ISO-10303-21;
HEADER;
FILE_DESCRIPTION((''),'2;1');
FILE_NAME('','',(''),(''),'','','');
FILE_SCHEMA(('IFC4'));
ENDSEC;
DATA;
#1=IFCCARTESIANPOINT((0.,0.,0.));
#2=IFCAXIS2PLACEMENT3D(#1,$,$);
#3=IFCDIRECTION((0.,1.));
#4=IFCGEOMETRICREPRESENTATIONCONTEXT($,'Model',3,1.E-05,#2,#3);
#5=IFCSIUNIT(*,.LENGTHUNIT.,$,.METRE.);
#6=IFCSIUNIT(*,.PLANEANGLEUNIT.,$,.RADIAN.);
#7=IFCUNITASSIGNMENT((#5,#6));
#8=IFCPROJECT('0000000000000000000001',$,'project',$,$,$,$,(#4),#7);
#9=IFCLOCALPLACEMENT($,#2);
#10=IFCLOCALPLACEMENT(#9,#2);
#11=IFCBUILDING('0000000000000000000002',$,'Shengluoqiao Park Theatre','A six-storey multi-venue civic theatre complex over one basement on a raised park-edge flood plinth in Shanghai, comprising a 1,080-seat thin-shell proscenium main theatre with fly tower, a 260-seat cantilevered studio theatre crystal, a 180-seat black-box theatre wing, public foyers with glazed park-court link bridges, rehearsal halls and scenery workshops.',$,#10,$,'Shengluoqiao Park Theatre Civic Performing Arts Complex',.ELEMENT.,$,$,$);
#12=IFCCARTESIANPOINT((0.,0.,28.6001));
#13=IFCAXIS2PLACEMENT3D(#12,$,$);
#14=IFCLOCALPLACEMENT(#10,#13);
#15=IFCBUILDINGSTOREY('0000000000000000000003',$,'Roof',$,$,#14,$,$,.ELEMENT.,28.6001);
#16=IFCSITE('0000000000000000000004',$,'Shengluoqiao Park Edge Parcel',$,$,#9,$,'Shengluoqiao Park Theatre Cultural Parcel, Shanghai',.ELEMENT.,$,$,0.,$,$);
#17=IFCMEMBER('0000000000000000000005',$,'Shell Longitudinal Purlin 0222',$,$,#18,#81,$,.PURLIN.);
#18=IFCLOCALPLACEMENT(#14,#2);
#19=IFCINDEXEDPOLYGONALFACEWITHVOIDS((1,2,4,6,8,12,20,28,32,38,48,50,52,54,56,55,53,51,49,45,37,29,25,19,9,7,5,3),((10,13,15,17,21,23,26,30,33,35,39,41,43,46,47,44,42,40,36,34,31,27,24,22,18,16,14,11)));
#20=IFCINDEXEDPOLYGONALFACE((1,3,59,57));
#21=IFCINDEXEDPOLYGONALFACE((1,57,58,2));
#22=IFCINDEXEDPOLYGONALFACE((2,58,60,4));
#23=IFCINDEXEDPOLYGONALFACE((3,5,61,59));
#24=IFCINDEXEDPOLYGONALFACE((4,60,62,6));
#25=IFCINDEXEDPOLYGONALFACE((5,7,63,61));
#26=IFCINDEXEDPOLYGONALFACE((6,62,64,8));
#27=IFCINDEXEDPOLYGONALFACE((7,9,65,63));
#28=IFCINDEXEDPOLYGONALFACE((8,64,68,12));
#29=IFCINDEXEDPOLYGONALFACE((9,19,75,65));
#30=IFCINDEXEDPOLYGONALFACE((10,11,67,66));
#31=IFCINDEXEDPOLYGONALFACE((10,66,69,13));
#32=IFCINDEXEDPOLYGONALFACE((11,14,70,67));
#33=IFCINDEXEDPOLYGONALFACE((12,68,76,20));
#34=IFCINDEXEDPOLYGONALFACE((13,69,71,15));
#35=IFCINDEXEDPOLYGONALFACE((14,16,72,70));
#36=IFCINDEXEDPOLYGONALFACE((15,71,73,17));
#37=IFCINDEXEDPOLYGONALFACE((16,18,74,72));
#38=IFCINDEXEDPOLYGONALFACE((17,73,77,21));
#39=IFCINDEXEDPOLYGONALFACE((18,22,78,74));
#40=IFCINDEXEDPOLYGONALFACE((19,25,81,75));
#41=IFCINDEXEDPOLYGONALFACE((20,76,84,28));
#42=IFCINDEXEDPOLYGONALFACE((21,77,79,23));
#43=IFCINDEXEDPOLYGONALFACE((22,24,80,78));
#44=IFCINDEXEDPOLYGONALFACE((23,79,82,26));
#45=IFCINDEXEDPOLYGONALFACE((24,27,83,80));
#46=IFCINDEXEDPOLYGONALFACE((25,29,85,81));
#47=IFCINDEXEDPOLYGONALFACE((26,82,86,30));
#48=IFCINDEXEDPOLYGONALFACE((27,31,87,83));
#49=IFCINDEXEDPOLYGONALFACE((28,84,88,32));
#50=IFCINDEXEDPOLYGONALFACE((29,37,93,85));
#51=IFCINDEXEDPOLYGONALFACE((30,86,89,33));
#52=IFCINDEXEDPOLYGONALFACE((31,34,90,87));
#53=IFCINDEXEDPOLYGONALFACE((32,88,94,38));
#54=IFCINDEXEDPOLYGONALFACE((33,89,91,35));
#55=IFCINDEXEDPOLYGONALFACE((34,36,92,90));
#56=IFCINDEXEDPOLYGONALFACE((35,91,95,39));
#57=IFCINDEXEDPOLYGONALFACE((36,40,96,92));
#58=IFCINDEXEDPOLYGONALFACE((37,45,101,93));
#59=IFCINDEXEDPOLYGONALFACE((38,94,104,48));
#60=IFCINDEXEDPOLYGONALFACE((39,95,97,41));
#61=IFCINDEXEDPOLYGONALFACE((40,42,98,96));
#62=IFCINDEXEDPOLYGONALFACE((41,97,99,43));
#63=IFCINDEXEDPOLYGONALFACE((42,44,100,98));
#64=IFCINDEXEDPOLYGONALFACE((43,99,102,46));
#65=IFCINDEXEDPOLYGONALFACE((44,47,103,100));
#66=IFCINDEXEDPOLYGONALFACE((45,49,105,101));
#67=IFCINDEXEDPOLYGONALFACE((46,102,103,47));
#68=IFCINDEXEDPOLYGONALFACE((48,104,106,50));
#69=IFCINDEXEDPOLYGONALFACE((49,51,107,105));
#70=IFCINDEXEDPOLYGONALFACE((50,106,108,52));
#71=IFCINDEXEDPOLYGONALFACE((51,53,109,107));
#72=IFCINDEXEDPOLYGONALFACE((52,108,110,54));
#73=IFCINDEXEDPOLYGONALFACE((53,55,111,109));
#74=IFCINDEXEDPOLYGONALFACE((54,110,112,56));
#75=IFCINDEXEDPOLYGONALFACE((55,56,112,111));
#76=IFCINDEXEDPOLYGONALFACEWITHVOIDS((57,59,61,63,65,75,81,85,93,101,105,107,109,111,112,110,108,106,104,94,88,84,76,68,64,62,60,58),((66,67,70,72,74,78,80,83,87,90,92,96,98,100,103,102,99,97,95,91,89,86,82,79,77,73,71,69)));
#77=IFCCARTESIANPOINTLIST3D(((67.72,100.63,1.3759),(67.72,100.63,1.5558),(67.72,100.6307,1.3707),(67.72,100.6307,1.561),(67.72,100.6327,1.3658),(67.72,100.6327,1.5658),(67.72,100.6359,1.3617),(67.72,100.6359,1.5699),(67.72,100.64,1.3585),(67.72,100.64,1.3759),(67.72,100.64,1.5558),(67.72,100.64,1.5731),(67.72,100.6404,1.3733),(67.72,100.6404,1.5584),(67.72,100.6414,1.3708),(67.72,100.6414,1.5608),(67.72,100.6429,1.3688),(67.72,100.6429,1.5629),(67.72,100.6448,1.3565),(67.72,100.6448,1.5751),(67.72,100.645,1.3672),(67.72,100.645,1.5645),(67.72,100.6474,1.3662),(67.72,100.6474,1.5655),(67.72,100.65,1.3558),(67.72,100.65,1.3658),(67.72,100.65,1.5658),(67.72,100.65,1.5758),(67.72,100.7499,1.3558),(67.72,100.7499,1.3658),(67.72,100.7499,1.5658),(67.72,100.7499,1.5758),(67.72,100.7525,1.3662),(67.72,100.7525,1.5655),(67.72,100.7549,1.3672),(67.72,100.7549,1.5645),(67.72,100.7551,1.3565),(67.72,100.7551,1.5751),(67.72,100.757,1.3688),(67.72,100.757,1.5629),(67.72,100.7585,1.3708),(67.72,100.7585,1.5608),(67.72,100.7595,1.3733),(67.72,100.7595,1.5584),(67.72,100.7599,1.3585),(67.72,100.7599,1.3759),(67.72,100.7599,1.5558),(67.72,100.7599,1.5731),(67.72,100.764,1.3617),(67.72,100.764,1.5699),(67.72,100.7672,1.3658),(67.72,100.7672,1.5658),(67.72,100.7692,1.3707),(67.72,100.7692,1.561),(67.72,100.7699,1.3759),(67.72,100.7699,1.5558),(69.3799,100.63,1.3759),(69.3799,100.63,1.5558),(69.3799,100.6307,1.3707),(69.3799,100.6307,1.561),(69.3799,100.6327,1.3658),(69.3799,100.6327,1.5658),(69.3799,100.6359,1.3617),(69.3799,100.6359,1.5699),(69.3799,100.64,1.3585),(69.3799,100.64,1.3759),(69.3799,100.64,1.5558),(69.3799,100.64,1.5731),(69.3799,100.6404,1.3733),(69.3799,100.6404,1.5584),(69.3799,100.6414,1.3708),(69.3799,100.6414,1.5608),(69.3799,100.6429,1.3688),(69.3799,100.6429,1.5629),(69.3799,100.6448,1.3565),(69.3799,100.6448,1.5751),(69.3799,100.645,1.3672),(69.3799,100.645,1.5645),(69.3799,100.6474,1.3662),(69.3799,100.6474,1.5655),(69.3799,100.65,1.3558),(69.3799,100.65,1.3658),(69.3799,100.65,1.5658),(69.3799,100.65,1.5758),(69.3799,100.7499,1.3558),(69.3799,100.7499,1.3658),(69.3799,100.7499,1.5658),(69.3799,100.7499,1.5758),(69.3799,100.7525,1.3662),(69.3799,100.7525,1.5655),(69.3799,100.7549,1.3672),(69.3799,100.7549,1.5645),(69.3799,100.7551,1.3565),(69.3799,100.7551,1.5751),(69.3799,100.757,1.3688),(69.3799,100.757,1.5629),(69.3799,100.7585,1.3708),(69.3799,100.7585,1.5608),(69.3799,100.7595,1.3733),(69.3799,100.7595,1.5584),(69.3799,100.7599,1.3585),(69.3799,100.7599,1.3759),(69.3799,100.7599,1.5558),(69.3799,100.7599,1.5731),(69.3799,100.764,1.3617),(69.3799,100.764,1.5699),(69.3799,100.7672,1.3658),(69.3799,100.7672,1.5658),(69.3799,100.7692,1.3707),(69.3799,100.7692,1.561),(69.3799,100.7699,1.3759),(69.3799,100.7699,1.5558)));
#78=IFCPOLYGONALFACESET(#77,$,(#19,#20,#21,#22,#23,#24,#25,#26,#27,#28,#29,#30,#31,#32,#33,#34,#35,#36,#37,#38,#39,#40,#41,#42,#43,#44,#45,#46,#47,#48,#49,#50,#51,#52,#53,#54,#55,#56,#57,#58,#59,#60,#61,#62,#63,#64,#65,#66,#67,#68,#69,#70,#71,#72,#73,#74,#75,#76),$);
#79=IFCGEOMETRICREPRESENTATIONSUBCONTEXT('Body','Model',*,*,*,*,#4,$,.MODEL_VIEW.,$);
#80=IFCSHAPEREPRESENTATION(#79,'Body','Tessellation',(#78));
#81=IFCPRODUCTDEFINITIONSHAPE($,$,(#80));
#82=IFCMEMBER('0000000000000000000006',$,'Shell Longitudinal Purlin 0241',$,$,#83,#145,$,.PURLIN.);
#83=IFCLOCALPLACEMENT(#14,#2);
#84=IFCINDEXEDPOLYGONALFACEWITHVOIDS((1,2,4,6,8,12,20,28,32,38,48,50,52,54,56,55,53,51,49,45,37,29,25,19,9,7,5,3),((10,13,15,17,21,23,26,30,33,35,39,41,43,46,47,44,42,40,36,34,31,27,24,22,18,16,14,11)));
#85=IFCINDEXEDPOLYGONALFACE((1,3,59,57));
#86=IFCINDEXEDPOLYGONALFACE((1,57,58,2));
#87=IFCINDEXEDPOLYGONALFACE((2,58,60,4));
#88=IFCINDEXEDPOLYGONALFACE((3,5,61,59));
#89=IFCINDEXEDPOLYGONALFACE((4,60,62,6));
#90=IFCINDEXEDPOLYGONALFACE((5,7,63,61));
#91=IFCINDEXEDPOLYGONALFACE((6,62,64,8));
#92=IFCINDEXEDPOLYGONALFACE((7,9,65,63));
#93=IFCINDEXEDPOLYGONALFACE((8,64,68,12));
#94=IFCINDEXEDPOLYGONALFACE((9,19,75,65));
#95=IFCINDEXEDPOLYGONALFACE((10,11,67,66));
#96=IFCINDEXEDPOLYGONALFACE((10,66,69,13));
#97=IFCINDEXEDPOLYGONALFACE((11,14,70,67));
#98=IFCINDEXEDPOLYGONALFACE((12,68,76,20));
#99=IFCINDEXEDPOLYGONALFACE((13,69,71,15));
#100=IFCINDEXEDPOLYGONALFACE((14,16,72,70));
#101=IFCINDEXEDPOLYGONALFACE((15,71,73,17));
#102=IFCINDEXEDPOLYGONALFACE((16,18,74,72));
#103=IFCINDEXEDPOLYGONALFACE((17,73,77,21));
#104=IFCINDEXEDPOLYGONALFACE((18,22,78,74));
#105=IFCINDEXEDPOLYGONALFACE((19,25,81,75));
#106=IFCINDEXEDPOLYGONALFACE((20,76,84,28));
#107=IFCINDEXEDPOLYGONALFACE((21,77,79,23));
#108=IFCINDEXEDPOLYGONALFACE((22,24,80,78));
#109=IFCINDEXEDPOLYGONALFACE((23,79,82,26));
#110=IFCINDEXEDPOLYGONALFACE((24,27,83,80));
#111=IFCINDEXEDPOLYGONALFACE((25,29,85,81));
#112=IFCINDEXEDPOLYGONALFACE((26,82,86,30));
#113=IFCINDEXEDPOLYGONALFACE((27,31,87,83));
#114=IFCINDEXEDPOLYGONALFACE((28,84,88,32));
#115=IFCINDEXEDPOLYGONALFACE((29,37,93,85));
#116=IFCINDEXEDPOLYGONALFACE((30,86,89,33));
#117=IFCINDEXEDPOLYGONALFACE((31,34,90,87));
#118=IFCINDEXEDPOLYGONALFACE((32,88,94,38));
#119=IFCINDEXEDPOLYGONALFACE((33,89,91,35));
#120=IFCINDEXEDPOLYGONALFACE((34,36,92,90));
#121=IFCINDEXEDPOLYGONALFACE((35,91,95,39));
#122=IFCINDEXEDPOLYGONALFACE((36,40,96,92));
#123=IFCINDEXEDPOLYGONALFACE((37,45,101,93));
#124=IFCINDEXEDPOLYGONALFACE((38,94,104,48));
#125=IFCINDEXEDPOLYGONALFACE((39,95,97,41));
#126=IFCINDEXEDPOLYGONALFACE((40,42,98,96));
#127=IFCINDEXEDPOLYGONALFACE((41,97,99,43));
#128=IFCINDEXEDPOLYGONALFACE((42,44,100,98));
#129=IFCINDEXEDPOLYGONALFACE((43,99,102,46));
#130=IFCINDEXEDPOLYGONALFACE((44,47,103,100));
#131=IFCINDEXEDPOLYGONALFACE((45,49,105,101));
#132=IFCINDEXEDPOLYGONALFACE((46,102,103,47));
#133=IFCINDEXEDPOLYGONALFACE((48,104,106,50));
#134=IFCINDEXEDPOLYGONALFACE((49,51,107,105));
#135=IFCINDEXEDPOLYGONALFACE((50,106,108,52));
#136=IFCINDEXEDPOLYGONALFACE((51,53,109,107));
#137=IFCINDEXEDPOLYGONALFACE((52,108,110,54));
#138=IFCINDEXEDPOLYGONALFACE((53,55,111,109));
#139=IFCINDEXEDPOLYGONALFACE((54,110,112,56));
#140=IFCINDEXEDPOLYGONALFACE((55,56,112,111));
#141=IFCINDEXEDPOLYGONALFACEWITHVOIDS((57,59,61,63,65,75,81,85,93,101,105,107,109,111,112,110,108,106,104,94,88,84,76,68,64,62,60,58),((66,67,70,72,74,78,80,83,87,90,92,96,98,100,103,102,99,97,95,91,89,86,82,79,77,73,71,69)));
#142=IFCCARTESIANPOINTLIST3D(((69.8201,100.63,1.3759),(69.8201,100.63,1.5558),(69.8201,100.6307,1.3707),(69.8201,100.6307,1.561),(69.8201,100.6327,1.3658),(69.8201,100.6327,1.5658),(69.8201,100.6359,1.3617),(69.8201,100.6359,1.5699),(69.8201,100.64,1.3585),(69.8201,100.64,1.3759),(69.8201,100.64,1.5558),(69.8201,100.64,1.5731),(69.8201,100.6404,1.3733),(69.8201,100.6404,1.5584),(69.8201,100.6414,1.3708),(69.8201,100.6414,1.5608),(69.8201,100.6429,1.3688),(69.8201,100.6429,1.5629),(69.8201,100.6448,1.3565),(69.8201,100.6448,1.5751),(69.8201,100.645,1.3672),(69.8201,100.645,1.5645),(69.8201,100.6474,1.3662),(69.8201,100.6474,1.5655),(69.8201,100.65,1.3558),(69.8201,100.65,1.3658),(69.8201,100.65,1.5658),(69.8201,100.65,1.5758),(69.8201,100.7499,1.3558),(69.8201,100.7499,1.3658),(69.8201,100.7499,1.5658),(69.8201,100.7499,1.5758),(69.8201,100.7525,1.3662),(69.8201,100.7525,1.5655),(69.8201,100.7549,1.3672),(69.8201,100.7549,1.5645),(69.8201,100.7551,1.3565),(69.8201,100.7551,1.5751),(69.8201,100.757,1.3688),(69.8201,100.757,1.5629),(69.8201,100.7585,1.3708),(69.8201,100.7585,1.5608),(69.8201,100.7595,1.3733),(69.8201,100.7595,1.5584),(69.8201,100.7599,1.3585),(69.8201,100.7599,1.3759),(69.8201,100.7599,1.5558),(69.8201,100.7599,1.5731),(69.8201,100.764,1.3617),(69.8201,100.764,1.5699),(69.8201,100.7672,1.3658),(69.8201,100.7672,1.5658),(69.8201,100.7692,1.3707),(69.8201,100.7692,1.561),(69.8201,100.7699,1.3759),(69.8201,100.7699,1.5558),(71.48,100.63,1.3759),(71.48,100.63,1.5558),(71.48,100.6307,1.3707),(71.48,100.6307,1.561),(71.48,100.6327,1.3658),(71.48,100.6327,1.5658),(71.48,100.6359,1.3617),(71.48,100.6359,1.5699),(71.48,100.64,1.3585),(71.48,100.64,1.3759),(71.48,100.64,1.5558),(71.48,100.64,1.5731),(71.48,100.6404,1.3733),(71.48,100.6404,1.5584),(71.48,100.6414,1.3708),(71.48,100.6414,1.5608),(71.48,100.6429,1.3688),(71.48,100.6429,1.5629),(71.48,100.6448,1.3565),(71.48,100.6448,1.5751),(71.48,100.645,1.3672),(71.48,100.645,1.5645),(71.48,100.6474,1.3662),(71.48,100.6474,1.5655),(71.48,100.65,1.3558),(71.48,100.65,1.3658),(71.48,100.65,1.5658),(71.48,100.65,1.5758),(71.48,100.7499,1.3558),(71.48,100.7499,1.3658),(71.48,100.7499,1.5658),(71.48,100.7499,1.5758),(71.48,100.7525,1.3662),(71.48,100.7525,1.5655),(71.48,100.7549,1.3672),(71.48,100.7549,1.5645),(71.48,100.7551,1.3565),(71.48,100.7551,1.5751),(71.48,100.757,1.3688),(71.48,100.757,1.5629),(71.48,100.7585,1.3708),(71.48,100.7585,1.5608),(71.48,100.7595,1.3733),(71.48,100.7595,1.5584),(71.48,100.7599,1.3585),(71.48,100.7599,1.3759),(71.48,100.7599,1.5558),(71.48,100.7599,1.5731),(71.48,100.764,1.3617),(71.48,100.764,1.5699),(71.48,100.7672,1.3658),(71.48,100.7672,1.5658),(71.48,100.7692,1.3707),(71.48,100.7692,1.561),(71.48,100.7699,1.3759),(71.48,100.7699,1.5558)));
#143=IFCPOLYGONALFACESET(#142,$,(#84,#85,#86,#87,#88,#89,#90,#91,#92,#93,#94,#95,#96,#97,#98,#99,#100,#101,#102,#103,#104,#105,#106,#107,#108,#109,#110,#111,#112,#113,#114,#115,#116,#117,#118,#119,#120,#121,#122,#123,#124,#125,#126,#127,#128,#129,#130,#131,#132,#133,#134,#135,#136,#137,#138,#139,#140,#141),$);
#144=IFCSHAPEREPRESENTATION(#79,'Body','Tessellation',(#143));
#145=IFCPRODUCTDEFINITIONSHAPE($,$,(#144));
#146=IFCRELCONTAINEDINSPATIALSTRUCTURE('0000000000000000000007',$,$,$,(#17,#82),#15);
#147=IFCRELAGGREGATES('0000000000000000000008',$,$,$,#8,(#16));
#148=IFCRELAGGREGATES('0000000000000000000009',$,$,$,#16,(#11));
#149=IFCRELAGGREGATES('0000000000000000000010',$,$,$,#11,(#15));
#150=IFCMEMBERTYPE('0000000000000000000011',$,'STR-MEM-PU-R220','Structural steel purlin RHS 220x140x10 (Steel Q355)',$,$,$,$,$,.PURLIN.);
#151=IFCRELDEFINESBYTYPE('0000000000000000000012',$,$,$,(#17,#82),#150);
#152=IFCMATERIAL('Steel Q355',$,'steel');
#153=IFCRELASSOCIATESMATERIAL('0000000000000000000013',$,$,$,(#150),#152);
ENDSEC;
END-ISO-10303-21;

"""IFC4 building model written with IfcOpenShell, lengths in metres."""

from ifc_helpers import new_model, si_unit, direction, frame, origin, origin_2d, place, context, subcontext, project, spatial, hollow_rectangle, extrude, material, material_profile, profile_set, type_object, element, save


model = new_model("IFC4")

# Units and contexts
model_context = context("Model", 3, precision=1e-05, world=origin(), true_north=direction((0.0, 1.0)))
body_context = subcontext(model_context, "Body", "Model", "MODEL_VIEW")
ifc_project = project(units=[si_unit("LENGTHUNIT", "METRE"), si_unit("PLANEANGLEUNIT", "RADIAN")], contexts=[model_context])

# Site, building, storey
site_placement = place(None, origin())
site = spatial("IfcSite", under=ifc_project, at=site_placement, Name="Shengluoqiao Park Edge Parcel", LongName="Shengluoqiao Park Theatre Cultural Parcel, Shanghai", CompositionType="ELEMENT", RefElevation=0.0)
building_placement = place(site_placement, origin())
building = spatial("IfcBuilding", under=site, at=building_placement, Name="Shengluoqiao Park Theatre", Description="A six-storey multi-venue civic theatre complex over one basement on a raised park-edge flood plinth in Shanghai, comprising a 1,080-seat thin-shell proscenium main theatre with fly tower, a 260-seat cantilevered studio theatre crystal, a 180-seat black-box theatre wing, public foyers with glazed park-court link bridges, rehearsal halls and scenery workshops.", LongName="Shengluoqiao Park Theatre Civic Performing Arts Complex", CompositionType="ELEMENT")
storey_placement = place(building_placement, frame((0.0, 0.0, 28.6001)))
storey = spatial("IfcBuildingStorey", under=building, at=storey_placement, Name="Roof", CompositionType="ELEMENT", Elevation=28.6001)

# Members
ifc_material_1 = material(Name="Steel Q355", Category="steel")
ifc_material_profile_1 = material_profile(ifc_material_1, hollow_rectangle(XDim=0.1399, YDim=0.22, WallThickness=0.01, InnerFilletRadius=0.01, OuterFilletRadius=0.02, at=origin_2d()), Name="RHS 220x140x10")
ifc_profile_set_1 = profile_set([ifc_material_profile_1], Name="Steel Q355")
member_type_1 = type_object("IfcMemberType", Name="STR-MEM-PU-R220", Description="Structural steel purlin RHS 220x140x10 (Steel Q355)", PredefinedType="PURLIN", material=ifc_profile_set_1)
for number, where, z_axis, x_axis, name in (
    (1, (67.72, 100.7, 1.4658), (1.0, 0.0, 0.0), (0.0, 1.0, 0.0), "Shell Longitudinal Purlin 0222"),
    (2, (69.8201, 100.7, 1.4658), (1.0, 0.0, 0.0), (0.0, 1.0, 0.0), "Shell Longitudinal Purlin 0241"),
):
    element("IfcMember", number, at=place(storey_placement, frame(where, z_axis=z_axis, x_axis=x_axis)), inside=storey, type_object=member_type_1, Name=name, PredefinedType="PURLIN", context=body_context, shape_type="SweptSolid", body=[
        extrude(hollow_rectangle(XDim=0.1399, YDim=0.22, WallThickness=0.01, InnerFilletRadius=0.01, OuterFilletRadius=0.02, at=origin_2d()), origin(), (0.0, 0.0, 1.0), 1.6599),
    ])

save(model, "model.ifc")
